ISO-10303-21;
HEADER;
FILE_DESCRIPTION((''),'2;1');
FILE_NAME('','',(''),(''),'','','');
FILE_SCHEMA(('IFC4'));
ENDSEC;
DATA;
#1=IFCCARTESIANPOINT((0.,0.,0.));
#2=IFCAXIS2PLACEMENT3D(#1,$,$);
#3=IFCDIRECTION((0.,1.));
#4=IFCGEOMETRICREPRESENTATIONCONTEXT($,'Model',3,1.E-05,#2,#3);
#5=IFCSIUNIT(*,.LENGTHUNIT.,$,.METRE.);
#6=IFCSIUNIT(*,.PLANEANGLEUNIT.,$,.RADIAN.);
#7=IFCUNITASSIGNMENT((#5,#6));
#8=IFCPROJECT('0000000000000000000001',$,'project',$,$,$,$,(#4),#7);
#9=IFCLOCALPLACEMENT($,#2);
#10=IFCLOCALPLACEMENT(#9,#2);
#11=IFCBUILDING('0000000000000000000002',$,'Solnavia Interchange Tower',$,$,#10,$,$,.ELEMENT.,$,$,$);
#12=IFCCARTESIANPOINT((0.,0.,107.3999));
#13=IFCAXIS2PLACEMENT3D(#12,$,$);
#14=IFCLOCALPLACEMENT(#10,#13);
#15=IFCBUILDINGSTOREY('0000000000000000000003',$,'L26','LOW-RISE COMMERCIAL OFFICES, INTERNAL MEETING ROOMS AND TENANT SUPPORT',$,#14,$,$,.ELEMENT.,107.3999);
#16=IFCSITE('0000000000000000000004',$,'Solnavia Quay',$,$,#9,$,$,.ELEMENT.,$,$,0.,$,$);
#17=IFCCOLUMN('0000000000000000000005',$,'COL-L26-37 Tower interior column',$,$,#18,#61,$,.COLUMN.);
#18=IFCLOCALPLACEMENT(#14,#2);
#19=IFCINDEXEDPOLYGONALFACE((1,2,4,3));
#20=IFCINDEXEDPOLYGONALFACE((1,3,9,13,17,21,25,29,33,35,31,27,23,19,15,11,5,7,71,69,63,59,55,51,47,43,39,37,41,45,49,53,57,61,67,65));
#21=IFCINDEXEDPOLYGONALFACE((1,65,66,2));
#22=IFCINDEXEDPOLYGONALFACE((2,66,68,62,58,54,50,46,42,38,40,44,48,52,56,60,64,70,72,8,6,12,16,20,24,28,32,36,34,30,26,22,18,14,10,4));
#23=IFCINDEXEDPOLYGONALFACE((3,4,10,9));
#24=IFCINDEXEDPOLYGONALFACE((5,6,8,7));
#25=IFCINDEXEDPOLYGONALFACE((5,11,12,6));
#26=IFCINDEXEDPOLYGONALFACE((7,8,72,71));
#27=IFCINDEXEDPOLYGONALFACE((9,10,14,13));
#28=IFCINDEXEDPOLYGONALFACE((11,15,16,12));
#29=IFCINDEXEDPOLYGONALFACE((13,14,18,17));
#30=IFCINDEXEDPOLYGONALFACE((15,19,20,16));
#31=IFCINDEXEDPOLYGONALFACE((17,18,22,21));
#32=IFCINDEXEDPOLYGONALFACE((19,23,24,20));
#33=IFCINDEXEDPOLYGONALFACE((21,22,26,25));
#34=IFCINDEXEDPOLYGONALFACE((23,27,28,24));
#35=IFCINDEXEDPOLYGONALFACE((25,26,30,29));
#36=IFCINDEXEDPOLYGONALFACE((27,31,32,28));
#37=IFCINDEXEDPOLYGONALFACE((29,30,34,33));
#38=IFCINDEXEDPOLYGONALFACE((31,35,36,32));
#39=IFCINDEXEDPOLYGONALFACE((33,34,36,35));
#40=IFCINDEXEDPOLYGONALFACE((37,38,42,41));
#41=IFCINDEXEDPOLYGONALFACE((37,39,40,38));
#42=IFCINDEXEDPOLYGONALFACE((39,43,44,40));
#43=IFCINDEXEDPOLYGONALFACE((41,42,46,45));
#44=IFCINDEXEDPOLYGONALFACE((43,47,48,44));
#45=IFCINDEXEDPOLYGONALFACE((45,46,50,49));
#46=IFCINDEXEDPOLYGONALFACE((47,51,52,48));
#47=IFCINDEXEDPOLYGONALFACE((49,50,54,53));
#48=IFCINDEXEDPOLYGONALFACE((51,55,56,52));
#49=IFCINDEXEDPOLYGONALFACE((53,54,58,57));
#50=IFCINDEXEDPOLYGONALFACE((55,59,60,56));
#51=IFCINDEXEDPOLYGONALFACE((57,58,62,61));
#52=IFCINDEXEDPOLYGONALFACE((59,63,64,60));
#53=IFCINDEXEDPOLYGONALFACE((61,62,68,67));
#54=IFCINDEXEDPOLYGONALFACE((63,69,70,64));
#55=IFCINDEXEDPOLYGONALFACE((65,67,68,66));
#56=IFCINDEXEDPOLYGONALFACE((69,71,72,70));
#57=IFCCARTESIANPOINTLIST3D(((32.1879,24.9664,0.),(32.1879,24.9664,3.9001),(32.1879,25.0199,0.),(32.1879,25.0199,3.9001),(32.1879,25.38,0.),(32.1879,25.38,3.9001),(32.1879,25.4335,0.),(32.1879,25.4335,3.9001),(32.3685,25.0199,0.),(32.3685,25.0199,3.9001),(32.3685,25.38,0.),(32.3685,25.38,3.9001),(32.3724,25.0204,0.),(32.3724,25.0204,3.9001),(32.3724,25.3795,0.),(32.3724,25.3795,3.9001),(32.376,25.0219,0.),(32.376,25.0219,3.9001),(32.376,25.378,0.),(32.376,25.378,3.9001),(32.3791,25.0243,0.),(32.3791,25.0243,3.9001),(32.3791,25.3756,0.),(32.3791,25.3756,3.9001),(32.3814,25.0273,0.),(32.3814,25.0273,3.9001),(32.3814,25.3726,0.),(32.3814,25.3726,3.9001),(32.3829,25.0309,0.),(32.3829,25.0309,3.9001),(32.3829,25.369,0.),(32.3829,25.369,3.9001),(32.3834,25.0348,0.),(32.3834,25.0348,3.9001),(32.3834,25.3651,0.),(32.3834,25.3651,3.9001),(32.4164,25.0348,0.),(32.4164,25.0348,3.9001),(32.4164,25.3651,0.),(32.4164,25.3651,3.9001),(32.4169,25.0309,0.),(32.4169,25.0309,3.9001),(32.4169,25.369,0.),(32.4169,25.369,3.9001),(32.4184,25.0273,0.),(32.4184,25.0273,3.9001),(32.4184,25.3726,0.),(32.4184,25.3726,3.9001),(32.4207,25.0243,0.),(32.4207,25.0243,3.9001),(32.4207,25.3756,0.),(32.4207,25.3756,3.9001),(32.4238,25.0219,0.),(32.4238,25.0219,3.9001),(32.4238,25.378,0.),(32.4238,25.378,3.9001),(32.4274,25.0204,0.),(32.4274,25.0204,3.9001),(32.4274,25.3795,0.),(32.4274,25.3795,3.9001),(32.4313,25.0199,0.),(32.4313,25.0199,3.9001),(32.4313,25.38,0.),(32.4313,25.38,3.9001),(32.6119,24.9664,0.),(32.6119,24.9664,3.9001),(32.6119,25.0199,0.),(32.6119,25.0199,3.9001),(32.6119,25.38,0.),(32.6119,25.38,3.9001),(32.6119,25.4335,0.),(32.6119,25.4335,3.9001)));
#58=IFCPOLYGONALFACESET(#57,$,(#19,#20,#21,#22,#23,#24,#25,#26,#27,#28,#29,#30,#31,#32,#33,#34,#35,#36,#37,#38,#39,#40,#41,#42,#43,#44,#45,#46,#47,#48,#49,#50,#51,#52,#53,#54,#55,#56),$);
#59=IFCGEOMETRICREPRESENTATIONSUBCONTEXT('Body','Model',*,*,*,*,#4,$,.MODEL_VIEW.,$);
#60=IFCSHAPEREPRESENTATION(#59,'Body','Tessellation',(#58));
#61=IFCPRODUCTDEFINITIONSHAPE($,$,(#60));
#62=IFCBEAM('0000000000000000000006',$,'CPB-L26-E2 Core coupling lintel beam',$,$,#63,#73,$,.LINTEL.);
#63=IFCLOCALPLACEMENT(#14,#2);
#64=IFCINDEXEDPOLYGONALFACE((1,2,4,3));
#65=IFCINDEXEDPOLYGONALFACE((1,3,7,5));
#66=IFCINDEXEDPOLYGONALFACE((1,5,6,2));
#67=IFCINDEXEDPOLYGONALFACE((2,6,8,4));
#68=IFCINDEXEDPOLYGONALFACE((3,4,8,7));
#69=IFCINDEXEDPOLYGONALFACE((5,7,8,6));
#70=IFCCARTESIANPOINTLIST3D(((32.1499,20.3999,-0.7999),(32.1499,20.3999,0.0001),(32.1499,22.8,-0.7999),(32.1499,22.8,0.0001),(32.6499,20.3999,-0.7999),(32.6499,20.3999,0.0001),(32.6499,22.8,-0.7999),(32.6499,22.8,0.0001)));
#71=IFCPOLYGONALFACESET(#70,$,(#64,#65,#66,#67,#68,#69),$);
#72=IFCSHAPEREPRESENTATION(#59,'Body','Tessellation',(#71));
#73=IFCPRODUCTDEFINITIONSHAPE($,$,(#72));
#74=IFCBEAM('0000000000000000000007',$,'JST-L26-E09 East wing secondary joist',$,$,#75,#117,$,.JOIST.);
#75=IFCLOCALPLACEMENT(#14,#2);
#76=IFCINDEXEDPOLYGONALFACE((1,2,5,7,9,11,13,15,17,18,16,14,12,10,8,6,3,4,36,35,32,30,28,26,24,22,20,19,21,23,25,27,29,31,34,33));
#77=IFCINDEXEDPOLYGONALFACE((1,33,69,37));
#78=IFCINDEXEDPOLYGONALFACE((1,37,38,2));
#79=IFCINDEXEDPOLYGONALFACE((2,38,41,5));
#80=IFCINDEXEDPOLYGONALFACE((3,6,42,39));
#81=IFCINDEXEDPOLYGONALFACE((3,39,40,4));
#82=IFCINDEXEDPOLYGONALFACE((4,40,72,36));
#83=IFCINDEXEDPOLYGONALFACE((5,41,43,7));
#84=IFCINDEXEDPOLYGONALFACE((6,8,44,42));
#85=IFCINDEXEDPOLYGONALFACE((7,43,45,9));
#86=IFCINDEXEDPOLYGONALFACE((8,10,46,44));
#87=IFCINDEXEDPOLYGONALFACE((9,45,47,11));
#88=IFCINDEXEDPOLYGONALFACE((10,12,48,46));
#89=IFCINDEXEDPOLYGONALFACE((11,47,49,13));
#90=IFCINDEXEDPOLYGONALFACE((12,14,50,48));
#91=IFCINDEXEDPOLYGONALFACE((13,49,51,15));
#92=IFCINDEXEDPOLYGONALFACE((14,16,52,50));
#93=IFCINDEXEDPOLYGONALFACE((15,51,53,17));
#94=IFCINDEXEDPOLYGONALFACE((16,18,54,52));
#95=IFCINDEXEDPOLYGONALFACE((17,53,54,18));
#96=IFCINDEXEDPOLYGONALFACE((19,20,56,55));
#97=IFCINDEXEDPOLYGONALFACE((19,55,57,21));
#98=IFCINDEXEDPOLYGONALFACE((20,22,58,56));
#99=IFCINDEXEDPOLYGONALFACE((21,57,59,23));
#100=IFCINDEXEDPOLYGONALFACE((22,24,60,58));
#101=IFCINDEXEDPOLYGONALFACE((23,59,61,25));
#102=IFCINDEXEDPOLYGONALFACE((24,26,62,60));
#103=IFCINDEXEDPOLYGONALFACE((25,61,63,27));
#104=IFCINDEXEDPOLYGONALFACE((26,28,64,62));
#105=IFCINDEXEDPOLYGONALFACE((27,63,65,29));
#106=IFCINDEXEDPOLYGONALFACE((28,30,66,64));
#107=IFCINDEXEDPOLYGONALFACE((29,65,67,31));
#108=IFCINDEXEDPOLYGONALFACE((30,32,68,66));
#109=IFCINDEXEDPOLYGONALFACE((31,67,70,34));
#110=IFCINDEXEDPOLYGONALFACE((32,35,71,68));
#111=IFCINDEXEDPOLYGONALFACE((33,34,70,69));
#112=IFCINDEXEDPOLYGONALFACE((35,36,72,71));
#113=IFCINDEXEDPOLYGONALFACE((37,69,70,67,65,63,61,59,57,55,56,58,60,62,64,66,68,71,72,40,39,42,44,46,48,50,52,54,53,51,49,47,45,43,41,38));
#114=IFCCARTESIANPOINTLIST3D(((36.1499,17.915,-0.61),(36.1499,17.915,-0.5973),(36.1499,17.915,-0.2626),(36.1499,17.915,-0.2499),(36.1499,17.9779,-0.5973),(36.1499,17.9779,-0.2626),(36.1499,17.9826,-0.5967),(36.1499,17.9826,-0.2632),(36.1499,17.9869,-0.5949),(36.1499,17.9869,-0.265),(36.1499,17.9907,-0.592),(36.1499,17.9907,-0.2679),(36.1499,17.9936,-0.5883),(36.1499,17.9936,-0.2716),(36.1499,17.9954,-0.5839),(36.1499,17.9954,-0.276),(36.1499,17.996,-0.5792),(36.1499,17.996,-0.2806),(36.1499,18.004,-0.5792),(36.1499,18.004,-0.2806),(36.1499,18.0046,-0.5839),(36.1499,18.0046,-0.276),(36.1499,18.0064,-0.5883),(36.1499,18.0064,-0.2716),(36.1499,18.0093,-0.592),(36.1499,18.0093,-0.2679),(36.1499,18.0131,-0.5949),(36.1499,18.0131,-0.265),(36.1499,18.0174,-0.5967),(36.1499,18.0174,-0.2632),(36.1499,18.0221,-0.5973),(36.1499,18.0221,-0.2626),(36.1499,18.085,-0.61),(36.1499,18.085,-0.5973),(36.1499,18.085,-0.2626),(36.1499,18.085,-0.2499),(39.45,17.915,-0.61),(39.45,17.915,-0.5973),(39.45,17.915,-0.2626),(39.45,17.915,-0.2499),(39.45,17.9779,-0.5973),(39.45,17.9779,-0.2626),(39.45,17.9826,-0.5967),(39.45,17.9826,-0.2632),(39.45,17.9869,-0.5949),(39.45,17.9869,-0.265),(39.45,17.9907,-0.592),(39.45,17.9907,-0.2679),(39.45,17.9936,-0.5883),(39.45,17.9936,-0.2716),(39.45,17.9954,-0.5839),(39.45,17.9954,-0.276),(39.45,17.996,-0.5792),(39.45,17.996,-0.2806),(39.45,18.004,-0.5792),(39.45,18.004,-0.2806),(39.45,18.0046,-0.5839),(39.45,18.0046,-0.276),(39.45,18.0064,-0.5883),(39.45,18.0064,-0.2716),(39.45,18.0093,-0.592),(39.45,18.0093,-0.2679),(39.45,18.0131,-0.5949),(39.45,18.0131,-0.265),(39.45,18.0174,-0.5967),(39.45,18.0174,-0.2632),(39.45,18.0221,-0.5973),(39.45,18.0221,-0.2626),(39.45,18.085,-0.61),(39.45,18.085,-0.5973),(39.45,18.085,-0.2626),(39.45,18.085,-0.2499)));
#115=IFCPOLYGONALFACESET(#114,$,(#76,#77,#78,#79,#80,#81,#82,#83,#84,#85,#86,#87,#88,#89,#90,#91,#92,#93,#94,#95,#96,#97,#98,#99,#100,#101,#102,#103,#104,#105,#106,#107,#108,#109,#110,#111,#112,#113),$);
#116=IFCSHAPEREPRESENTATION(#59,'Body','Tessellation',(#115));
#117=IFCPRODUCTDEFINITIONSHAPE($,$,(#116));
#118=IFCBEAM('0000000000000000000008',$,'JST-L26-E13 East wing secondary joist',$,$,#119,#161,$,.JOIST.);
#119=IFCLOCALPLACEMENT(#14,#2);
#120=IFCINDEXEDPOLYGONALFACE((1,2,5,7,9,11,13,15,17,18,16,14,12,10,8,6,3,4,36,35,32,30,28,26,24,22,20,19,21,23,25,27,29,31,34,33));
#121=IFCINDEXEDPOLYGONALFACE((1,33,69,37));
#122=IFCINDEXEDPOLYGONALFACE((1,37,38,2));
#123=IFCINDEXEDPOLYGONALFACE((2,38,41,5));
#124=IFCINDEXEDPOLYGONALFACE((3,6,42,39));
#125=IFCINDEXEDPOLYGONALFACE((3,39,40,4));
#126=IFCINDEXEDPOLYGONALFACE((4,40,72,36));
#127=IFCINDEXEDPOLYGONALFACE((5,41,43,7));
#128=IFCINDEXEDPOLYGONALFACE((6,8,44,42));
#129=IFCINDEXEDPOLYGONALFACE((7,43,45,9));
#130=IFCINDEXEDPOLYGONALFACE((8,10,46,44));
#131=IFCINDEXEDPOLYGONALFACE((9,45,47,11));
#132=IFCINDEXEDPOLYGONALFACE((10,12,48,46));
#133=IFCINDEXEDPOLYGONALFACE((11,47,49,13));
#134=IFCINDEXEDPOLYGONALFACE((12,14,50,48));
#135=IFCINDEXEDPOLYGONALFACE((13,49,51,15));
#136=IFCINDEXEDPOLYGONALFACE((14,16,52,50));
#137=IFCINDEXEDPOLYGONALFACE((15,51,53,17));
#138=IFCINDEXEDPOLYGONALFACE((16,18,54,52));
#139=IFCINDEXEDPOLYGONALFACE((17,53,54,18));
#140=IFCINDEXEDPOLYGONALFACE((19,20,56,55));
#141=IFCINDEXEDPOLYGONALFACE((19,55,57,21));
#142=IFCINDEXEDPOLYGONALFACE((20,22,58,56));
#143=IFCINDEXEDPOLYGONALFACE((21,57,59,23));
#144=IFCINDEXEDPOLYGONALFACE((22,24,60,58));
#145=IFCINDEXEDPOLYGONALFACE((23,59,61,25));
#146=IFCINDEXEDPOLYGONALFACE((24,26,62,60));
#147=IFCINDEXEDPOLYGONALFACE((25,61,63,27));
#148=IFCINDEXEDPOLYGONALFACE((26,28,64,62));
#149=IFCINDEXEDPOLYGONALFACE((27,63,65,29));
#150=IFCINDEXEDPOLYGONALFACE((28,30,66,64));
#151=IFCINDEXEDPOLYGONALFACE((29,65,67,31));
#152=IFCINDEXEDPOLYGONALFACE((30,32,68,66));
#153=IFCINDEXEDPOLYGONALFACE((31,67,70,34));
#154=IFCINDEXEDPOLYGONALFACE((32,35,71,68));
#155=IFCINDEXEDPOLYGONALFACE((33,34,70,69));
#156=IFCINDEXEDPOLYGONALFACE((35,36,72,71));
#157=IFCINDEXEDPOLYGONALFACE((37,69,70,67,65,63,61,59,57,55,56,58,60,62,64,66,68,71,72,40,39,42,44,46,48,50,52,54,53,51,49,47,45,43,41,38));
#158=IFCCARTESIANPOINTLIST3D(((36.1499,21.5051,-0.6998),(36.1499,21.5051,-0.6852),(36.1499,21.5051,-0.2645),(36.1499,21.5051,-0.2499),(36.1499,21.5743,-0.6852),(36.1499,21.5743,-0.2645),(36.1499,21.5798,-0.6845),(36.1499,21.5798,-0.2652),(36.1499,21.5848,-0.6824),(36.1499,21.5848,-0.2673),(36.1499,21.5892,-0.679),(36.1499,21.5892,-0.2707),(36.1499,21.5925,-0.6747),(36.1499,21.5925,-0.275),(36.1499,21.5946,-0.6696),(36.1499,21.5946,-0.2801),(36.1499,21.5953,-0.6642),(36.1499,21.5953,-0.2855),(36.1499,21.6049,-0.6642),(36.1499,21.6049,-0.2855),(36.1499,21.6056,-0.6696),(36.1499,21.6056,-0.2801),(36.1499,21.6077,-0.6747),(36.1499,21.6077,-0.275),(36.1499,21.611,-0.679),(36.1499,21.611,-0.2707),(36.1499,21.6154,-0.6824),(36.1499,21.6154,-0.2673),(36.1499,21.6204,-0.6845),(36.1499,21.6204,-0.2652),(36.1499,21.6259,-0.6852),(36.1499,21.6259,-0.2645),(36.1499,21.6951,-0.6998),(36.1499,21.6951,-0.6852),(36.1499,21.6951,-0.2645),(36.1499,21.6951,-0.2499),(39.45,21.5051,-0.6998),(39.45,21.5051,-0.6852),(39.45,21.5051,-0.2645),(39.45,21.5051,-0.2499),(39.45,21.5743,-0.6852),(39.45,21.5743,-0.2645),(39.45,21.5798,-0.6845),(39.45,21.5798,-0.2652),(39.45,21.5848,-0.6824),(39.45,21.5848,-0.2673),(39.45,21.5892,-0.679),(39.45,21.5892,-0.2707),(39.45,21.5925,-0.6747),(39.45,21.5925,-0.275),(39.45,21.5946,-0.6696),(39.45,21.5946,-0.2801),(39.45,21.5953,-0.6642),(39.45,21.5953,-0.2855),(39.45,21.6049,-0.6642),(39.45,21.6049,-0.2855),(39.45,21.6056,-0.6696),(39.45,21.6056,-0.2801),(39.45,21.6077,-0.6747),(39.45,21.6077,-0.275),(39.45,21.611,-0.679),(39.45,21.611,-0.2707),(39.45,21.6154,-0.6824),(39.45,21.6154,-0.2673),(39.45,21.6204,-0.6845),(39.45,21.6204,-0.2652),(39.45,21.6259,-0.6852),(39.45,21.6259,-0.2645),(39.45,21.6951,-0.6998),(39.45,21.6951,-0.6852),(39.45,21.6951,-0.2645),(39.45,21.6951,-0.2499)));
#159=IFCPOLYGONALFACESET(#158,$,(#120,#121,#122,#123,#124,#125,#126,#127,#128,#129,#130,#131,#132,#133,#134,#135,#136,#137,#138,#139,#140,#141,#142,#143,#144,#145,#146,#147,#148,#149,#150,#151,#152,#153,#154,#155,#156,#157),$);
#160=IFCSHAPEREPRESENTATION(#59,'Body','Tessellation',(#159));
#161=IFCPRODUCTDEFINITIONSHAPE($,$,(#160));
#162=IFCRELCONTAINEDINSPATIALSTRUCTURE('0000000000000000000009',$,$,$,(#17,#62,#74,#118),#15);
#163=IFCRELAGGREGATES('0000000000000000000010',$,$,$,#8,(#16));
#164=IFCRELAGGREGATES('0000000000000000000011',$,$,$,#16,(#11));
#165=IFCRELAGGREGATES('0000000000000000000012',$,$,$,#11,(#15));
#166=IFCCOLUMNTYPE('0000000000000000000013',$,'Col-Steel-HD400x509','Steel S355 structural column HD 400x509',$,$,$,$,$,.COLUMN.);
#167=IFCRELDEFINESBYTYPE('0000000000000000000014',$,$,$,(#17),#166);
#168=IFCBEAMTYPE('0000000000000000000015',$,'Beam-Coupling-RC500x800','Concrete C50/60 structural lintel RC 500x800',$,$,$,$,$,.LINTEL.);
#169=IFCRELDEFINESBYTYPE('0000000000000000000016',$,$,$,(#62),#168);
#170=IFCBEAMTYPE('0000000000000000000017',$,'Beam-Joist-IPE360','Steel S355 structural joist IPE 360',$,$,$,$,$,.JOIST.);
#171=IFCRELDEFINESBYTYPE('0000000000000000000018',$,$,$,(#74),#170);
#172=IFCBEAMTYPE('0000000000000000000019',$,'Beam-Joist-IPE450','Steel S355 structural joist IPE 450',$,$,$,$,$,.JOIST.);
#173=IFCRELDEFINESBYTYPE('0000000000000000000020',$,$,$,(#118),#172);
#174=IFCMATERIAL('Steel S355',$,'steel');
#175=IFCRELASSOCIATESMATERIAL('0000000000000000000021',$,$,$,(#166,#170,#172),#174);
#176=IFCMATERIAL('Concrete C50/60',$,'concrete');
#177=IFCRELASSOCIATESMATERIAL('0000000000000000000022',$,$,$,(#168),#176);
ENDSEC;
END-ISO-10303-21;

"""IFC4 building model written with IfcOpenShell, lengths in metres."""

from ifc_helpers import new_model, si_unit, direction, frame, origin, origin_2d, place, context, subcontext, project, spatial, rectangle, i_section, extrude, material, material_profile, profile_set, type_object, element, save


model = new_model("IFC4")

# Units and contexts
model_context = context("Model", 3, precision=1e-05, world=origin(), true_north=direction((0.0, 1.0)))
body_context = subcontext(model_context, "Body", "Model", "MODEL_VIEW")
ifc_project = project(units=[si_unit("LENGTHUNIT", "METRE"), si_unit("PLANEANGLEUNIT", "RADIAN")], contexts=[model_context])

# Site, building, storey
site_placement = place(None, origin())
site = spatial("IfcSite", under=ifc_project, at=site_placement, Name="Solnavia Quay", CompositionType="ELEMENT", RefElevation=0.0)
building_placement = place(site_placement, origin())
building = spatial("IfcBuilding", under=site, at=building_placement, Name="Solnavia Interchange Tower", CompositionType="ELEMENT")
storey_placement = place(building_placement, frame((0.0, 0.0, 107.3999)))
storey = spatial("IfcBuildingStorey", under=building, at=storey_placement, Name="L26", Description="LOW-RISE COMMERCIAL OFFICES, INTERNAL MEETING ROOMS AND TENANT SUPPORT", CompositionType="ELEMENT", Elevation=107.3999)

# Column
ifc_material_1 = material(Name="Steel S355", Category="steel")
ifc_material_profile_1 = material_profile(ifc_material_1, i_section(OverallWidth=0.4241, OverallDepth=0.467, WebThickness=0.033, FlangeThickness=0.0535, FilletRadius=0.0149, at=origin_2d()), Name="HD 400x509")
ifc_profile_set_1 = profile_set([ifc_material_profile_1], Name="Steel S355")
column_type = type_object("IfcColumnType", Name="Col-Steel-HD400x509", Description="Steel S355 structural column HD 400x509", PredefinedType="COLUMN", material=ifc_profile_set_1)
column_placement = place(storey_placement, frame((32.3999, 25.2, 0.0), z_axis=(0.0, 0.0, 1.0), x_axis=(1.0, 0.0, 0.0)))
element("IfcColumn", 1, at=column_placement, inside=storey, type_object=column_type, Name="COL-L26-37 Tower interior column", PredefinedType="COLUMN", context=body_context, shape_type="SweptSolid", body=[
    extrude(i_section(OverallWidth=0.4241, OverallDepth=0.467, WebThickness=0.033, FlangeThickness=0.0535, FilletRadius=0.0149, at=origin_2d()), origin(), (0.0, 0.0, 1.0), 3.9001),
])

# Beams
ifc_material_2 = material(Name="Concrete C50/60", Category="concrete")
ifc_material_profile_2 = material_profile(ifc_material_2, rectangle(XDim=0.5, YDim=0.8, at=origin_2d()), Name="RC 500x800")
ifc_profile_set_2 = profile_set([ifc_material_profile_2], Name="Concrete C50/60")
beam_type_1 = type_object("IfcBeamType", Name="Beam-Coupling-RC500x800", Description="Concrete C50/60 structural lintel RC 500x800", PredefinedType="LINTEL", material=ifc_profile_set_2)
beam_1_placement = place(storey_placement, frame((32.3999, 20.3999, -0.3999), z_axis=(0.0, 1.0, 0.0), x_axis=(-1.0, 0.0, 0.0)))
element("IfcBeam", 2, at=beam_1_placement, inside=storey, type_object=beam_type_1, Name="CPB-L26-E2 Core coupling lintel beam", PredefinedType="LINTEL", context=body_context, shape_type="SweptSolid", body=[
    extrude(rectangle(XDim=0.5, YDim=0.8, at=origin_2d()), origin(), (0.0, 0.0, 1.0), 2.4001),
])
ifc_material_profile_3 = material_profile(ifc_material_1, i_section(OverallWidth=0.1699, OverallDepth=0.3601, WebThickness=0.0081, FlangeThickness=0.0127, FilletRadius=0.0181, at=origin_2d()), Name="IPE 360")
ifc_profile_set_3 = profile_set([ifc_material_profile_3], Name="Steel S355")
beam_type_2 = type_object("IfcBeamType", Name="Beam-Joist-IPE360", Description="Steel S355 structural joist IPE 360", PredefinedType="JOIST", material=ifc_profile_set_3)
beam_2_placement = place(storey_placement, frame((36.1499, 18.0, -0.4299), z_axis=(1.0, 0.0, 0.0), x_axis=(0.0, 1.0, 0.0)))
element("IfcBeam", 3, at=beam_2_placement, inside=storey, type_object=beam_type_2, Name="JST-L26-E09 East wing secondary joist", PredefinedType="JOIST", context=body_context, shape_type="SweptSolid", body=[
    extrude(i_section(OverallWidth=0.1699, OverallDepth=0.3601, WebThickness=0.0081, FlangeThickness=0.0127, FilletRadius=0.0181, at=origin_2d()), origin(), (0.0, 0.0, 1.0), 3.3),
])
ifc_material_profile_4 = material_profile(ifc_material_1, i_section(OverallWidth=0.1899, OverallDepth=0.45, WebThickness=0.0095, FlangeThickness=0.0146, FilletRadius=0.021, at=origin_2d()), Name="IPE 450")
ifc_profile_set_4 = profile_set([ifc_material_profile_4], Name="Steel S355")
beam_type_3 = type_object("IfcBeamType", Name="Beam-Joist-IPE450", Description="Steel S355 structural joist IPE 450", PredefinedType="JOIST", material=ifc_profile_set_4)
beam_3_placement = place(storey_placement, frame((36.1499, 21.6001, -0.4749), z_axis=(1.0, 0.0, 0.0), x_axis=(0.0, 1.0, 0.0)))
element("IfcBeam", 4, at=beam_3_placement, inside=storey, type_object=beam_type_3, Name="JST-L26-E13 East wing secondary joist", PredefinedType="JOIST", context=body_context, shape_type="SweptSolid", body=[
    extrude(i_section(OverallWidth=0.1899, OverallDepth=0.45, WebThickness=0.0095, FlangeThickness=0.0146, FilletRadius=0.021, at=origin_2d()), origin(), (0.0, 0.0, 1.0), 3.3),
])

save(model, "model.ifc")
